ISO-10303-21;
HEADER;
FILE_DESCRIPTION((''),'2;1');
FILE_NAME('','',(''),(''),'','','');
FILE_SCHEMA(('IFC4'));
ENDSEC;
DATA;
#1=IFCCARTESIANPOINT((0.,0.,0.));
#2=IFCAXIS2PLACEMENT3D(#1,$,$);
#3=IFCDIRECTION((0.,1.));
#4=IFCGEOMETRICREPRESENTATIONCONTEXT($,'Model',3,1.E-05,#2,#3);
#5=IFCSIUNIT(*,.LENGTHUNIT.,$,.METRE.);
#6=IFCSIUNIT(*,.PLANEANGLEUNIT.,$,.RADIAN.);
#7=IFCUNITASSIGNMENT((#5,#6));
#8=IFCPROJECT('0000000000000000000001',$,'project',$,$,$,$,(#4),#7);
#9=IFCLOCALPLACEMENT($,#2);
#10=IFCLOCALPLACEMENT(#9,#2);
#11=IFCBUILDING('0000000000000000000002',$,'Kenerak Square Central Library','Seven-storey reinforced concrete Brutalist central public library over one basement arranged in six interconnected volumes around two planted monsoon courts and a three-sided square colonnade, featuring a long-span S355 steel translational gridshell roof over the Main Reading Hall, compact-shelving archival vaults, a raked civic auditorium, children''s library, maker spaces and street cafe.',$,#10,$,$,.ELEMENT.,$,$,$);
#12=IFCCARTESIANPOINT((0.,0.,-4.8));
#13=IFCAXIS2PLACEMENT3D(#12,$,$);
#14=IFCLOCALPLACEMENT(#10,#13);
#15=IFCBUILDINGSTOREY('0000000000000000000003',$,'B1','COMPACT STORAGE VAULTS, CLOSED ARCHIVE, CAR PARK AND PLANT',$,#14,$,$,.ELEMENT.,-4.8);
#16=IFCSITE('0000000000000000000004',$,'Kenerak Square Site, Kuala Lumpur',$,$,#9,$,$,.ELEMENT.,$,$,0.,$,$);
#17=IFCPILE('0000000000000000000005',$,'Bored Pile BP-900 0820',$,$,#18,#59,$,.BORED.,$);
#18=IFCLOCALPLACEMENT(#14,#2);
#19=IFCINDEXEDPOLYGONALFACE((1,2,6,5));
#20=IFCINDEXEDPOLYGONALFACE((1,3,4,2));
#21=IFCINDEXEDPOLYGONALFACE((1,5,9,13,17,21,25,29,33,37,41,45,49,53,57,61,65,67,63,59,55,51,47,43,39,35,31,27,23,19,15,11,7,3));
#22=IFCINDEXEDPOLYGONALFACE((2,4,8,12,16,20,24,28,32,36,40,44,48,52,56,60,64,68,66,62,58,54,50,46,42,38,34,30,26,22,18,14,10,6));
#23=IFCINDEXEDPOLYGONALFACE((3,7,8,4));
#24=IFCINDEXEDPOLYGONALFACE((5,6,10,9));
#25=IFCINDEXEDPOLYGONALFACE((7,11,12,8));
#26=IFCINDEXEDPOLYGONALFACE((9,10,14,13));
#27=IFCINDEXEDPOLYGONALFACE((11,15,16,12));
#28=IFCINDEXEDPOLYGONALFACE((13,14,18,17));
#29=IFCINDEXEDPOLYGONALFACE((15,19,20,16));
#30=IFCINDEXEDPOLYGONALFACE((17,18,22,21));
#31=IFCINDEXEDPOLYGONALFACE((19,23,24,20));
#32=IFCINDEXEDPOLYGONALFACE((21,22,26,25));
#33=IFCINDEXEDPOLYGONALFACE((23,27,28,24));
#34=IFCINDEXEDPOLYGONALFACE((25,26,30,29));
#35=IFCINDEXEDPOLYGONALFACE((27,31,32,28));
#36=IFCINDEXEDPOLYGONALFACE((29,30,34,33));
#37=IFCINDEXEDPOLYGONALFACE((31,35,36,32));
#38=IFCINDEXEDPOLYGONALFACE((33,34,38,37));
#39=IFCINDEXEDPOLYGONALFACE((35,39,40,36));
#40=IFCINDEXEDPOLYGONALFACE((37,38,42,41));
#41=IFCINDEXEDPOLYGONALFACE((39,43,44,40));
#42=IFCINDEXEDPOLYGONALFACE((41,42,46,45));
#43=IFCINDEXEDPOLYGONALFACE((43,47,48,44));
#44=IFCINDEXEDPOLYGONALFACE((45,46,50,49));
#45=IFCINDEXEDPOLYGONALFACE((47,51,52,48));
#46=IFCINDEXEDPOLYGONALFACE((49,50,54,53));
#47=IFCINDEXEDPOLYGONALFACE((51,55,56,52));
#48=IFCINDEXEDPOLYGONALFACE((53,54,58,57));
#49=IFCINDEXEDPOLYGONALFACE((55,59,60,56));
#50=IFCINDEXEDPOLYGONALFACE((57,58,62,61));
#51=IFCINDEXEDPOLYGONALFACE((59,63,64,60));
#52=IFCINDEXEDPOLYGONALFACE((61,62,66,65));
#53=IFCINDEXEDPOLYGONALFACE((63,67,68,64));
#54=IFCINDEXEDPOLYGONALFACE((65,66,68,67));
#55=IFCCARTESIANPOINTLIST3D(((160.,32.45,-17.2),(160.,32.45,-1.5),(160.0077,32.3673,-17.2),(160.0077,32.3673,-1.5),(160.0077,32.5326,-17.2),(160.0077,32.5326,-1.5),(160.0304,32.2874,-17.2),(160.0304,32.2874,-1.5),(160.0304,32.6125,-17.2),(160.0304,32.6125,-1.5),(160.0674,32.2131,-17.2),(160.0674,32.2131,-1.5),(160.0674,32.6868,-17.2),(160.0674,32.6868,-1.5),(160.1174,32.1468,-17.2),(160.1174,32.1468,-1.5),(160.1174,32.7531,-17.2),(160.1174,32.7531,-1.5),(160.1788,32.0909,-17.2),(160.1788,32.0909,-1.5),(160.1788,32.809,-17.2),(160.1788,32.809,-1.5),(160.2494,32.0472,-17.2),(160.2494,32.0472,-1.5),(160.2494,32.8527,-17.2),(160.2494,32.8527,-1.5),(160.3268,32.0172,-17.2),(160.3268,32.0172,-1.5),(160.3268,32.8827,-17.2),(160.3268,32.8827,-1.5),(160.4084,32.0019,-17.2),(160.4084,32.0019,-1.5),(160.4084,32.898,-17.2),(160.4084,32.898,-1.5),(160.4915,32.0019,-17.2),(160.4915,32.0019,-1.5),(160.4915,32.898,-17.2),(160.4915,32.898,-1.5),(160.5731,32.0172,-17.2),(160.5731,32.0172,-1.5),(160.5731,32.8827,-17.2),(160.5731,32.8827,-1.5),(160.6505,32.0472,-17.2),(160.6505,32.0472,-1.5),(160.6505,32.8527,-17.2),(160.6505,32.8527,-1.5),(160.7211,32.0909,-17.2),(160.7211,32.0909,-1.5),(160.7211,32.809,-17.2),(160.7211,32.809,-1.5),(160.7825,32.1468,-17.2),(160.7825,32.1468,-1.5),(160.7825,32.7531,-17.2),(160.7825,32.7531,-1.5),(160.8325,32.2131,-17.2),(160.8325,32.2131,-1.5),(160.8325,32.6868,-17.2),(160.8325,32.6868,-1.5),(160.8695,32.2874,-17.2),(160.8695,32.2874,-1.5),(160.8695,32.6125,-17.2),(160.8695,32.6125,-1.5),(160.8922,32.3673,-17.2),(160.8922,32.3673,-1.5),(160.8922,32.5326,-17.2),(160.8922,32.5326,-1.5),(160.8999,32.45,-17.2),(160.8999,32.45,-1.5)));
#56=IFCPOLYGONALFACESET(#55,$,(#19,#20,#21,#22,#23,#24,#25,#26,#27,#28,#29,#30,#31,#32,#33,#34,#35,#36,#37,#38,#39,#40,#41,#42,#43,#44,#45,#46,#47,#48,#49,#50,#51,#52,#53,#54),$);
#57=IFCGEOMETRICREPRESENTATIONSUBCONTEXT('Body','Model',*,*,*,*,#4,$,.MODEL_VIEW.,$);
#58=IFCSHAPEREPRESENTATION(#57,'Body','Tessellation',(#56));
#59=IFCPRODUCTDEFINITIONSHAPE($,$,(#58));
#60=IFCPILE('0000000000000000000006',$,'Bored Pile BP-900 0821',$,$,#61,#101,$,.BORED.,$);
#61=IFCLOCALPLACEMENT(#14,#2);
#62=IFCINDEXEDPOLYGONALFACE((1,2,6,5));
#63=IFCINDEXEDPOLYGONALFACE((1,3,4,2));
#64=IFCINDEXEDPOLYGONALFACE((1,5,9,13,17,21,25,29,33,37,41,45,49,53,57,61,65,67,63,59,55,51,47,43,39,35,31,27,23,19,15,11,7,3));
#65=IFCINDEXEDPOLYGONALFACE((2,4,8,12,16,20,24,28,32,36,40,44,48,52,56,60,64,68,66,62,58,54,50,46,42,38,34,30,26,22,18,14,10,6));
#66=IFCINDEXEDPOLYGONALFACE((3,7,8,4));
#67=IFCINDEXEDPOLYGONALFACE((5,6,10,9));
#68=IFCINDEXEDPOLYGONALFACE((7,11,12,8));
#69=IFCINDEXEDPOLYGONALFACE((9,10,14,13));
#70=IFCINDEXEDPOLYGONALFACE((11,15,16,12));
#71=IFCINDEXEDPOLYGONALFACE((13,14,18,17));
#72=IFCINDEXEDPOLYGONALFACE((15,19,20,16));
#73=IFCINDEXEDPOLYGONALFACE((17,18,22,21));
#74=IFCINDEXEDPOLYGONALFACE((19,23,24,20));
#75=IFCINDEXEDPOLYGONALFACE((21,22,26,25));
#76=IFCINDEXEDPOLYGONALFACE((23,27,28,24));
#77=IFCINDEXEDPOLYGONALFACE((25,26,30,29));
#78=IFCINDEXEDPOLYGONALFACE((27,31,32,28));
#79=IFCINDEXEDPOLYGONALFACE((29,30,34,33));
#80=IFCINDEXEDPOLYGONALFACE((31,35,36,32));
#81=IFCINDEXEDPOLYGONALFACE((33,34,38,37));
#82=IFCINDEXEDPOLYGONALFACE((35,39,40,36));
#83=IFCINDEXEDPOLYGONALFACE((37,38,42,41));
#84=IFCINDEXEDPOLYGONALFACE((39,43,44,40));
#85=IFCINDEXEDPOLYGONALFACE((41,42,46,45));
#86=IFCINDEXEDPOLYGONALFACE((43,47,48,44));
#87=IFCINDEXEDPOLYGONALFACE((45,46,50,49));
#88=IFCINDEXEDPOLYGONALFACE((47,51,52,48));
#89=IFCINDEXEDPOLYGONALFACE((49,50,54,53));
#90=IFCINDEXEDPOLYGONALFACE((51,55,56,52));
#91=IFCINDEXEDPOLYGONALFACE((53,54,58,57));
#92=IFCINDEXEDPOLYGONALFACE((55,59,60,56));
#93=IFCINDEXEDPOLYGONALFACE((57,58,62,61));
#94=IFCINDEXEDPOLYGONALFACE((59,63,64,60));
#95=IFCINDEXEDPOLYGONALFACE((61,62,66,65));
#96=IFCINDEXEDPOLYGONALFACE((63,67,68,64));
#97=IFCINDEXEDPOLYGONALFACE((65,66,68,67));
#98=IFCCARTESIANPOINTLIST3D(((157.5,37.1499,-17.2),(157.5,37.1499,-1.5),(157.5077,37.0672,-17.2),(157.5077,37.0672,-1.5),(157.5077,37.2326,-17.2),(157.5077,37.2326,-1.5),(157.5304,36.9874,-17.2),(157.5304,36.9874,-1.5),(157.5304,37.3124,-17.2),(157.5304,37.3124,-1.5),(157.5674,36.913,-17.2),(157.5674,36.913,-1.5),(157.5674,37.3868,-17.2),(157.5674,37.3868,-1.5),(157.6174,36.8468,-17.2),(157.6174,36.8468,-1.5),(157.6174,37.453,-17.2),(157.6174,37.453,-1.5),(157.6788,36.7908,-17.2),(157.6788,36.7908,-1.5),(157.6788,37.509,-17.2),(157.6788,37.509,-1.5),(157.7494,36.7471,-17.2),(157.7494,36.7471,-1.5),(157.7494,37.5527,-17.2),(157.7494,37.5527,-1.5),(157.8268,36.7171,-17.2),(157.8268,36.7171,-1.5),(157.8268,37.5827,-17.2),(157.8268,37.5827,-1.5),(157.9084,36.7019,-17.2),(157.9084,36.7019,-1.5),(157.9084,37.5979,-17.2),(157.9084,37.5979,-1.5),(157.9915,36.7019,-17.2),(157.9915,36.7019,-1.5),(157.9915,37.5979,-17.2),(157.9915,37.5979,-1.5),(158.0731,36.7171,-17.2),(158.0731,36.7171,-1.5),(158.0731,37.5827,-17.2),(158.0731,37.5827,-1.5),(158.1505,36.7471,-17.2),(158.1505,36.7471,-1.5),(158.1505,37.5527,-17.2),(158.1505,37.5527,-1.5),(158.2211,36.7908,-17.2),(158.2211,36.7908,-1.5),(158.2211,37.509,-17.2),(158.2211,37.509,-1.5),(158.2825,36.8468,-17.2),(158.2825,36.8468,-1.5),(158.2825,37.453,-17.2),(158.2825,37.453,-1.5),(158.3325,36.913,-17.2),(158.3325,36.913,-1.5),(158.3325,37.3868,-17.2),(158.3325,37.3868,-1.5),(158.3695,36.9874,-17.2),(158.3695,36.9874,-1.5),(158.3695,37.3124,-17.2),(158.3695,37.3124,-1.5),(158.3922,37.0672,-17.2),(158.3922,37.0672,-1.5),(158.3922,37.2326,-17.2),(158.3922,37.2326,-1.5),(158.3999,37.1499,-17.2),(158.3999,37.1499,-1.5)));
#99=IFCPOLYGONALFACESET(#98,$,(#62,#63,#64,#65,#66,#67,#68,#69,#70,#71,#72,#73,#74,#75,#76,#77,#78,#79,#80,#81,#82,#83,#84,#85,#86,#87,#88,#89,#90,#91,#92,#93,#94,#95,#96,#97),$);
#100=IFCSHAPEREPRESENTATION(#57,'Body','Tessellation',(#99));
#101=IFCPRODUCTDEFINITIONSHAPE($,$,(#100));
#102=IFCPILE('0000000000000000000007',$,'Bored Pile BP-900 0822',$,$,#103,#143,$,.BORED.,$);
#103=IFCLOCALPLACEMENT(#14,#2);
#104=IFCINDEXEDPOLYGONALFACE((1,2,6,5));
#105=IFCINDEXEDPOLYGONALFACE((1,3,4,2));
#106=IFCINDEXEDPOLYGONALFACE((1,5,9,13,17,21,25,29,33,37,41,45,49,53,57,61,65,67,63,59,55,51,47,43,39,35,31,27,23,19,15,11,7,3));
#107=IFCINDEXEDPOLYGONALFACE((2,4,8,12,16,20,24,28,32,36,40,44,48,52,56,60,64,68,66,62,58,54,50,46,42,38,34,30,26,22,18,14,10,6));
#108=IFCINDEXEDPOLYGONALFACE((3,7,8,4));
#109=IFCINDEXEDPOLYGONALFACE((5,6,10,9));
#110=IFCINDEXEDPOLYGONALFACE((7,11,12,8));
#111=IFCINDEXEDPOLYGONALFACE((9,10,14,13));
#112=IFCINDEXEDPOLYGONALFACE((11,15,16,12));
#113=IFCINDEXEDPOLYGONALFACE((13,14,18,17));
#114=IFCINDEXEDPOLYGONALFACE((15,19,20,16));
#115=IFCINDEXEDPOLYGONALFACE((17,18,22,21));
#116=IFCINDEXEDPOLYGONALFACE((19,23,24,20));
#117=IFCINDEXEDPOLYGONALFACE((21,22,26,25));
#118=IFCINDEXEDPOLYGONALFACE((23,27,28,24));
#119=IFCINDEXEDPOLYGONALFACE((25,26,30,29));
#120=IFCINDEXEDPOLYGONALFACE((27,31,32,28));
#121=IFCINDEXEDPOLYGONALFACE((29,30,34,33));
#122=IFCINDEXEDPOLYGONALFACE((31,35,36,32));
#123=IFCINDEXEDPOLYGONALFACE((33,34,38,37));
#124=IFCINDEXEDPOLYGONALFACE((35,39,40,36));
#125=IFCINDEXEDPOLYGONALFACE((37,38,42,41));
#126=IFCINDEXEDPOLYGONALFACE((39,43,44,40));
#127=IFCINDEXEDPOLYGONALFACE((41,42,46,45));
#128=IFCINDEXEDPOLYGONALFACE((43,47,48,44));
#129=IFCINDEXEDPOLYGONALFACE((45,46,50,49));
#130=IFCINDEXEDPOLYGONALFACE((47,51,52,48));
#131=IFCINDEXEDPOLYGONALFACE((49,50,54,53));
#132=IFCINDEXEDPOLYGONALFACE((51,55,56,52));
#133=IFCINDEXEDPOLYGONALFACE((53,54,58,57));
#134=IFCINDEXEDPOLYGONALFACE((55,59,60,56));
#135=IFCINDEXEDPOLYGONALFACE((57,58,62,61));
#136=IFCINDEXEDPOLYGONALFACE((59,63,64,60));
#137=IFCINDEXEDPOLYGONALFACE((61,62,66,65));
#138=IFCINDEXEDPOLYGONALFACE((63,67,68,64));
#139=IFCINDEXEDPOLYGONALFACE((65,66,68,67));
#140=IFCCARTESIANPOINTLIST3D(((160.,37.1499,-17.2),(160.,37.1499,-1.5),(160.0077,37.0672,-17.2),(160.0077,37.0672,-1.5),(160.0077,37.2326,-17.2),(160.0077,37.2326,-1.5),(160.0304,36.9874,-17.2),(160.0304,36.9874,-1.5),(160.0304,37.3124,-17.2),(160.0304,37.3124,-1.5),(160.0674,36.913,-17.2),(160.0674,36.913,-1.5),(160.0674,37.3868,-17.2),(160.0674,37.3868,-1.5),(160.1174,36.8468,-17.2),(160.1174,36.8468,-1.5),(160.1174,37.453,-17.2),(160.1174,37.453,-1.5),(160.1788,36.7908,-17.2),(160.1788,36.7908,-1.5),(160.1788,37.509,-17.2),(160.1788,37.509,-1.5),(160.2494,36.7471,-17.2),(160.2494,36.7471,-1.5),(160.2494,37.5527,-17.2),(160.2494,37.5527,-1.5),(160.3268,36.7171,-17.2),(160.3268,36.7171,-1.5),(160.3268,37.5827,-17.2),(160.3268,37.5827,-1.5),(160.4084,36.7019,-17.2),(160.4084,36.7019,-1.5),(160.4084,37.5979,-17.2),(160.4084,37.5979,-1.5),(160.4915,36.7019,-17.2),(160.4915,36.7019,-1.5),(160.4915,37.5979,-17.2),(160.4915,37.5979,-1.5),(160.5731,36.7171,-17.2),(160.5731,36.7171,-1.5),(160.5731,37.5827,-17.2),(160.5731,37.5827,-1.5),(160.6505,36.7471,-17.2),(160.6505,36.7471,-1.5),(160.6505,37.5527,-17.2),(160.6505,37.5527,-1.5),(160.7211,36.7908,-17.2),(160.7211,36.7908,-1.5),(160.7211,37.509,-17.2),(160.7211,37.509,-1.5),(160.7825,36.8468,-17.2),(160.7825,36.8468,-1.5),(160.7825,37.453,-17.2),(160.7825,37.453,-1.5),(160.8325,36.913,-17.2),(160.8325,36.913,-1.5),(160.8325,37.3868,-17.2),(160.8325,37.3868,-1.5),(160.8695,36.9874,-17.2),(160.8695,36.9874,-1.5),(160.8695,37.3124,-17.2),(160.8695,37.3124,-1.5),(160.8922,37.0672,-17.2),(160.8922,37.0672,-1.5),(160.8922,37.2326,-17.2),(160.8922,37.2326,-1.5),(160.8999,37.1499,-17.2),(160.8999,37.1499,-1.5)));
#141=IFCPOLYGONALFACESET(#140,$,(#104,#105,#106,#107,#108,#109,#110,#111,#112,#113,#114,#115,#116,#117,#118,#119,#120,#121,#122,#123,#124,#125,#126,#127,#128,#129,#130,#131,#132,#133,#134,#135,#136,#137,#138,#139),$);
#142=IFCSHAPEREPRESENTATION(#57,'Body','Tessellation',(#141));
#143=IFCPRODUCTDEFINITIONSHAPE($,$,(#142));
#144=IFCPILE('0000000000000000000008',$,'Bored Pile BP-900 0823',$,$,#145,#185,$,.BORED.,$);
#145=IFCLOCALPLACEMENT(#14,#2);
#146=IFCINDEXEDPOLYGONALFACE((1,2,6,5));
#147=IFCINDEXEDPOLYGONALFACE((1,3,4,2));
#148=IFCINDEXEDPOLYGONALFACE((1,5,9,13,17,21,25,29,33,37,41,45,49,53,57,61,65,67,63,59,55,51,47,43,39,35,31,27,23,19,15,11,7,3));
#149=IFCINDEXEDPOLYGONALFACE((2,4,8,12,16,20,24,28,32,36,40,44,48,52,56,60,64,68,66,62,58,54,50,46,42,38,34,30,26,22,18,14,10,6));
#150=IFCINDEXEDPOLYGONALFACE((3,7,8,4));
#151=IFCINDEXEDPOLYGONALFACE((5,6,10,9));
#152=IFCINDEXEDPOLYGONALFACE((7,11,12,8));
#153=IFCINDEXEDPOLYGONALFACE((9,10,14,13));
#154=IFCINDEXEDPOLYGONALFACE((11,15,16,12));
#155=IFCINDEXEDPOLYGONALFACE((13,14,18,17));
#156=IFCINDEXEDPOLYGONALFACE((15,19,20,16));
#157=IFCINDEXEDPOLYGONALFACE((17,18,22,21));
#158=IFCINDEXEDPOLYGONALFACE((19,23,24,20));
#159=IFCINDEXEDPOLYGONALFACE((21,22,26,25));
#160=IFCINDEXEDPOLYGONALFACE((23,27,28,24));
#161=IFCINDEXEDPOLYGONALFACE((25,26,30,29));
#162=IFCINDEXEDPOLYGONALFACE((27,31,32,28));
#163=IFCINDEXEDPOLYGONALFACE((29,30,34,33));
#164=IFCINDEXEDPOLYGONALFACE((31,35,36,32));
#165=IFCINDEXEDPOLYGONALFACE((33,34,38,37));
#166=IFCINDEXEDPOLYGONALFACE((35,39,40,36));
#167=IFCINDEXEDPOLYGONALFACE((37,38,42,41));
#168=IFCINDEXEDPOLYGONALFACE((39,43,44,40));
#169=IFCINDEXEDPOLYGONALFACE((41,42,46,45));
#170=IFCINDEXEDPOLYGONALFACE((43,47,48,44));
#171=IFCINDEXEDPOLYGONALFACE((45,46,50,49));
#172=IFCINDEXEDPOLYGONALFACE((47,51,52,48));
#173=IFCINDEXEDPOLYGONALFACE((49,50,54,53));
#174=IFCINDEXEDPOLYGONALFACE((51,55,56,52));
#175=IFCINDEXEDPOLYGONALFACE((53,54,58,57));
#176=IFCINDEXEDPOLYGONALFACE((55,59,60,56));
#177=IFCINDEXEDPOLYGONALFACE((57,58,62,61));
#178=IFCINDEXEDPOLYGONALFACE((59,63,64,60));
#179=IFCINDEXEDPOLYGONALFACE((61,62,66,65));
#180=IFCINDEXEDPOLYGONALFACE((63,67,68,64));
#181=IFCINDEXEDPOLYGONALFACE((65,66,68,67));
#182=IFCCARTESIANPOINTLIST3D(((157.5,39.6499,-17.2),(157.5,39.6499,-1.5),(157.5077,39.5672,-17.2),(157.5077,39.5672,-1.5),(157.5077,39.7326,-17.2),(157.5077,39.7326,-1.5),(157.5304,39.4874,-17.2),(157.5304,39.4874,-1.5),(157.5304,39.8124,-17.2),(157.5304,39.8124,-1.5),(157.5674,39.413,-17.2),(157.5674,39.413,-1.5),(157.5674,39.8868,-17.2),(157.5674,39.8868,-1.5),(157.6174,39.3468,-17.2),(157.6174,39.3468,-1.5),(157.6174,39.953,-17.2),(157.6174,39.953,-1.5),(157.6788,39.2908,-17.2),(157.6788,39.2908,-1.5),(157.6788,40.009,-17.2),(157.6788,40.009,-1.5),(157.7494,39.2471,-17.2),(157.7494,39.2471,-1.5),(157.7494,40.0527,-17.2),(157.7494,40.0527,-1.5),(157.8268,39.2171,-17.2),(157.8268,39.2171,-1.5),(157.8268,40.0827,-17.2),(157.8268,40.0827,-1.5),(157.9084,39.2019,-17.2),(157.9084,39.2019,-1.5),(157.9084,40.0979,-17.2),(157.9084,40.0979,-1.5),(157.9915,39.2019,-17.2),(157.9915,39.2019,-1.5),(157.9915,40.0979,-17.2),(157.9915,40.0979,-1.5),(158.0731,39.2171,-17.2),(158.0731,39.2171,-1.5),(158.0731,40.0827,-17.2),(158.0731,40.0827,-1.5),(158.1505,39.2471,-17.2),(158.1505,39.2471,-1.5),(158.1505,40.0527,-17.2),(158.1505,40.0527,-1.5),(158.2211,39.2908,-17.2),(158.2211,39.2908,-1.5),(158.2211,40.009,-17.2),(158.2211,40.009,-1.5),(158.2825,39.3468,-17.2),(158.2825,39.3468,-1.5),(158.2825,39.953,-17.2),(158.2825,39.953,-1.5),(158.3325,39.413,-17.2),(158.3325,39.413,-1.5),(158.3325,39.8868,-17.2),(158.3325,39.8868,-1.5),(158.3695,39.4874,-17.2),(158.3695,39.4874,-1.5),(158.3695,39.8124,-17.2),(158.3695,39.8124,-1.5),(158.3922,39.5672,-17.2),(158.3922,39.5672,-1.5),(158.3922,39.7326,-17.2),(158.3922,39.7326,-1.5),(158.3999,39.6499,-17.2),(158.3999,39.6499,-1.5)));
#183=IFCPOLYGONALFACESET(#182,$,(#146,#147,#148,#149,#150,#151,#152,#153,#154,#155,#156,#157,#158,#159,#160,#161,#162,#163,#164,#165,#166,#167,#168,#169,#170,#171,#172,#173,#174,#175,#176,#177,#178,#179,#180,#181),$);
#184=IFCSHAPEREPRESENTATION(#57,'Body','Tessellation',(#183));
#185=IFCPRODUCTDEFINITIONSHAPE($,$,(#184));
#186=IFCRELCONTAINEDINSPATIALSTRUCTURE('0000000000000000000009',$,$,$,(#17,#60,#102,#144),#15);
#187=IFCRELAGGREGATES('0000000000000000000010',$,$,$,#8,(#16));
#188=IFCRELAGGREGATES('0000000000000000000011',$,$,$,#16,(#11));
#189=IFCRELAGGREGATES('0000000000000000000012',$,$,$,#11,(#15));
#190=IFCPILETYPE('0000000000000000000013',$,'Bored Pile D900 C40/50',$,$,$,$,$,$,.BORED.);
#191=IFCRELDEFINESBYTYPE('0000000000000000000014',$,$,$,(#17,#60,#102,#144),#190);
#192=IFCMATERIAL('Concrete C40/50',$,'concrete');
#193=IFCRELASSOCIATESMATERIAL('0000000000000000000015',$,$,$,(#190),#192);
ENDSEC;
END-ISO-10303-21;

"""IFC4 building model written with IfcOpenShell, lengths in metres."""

from ifc_helpers import new_model, si_unit, direction, frame, origin, origin_2d, place, context, subcontext, project, spatial, circle, extrude, material, material_profile, profile_set, type_object, element, save


model = new_model("IFC4")

# Units and contexts
model_context = context("Model", 3, precision=1e-05, world=origin(), true_north=direction((0.0, 1.0)))
body_context = subcontext(model_context, "Body", "Model", "MODEL_VIEW")
ifc_project = project(units=[si_unit("LENGTHUNIT", "METRE"), si_unit("PLANEANGLEUNIT", "RADIAN")], contexts=[model_context])

# Site, building, storey
site_placement = place(None, origin())
site = spatial("IfcSite", under=ifc_project, at=site_placement, Name="Kenerak Square Site, Kuala Lumpur", CompositionType="ELEMENT", RefElevation=0.0)
building_placement = place(site_placement, origin())
building = spatial("IfcBuilding", under=site, at=building_placement, Name="Kenerak Square Central Library", Description="Seven-storey reinforced concrete Brutalist central public library over one basement arranged in six interconnected volumes around two planted monsoon courts and a three-sided square colonnade, featuring a long-span S355 steel translational gridshell roof over the Main Reading Hall, compact-shelving archival vaults, a raked civic auditorium, children's library, maker spaces and street cafe.", CompositionType="ELEMENT")
storey_placement = place(building_placement, frame((0.0, 0.0, -4.8)))
storey = spatial("IfcBuildingStorey", under=building, at=storey_placement, Name="B1", Description="COMPACT STORAGE VAULTS, CLOSED ARCHIVE, CAR PARK AND PLANT", CompositionType="ELEMENT", Elevation=-4.8)

# Piles
ifc_material_1 = material(Name="Concrete C40/50", Category="concrete")
ifc_material_profile_1 = material_profile(ifc_material_1, circle(Radius=0.45, at=origin_2d()), Name="BP D900")
ifc_profile_set_1 = profile_set([ifc_material_profile_1], Name="Concrete C40/50")
pile_type = type_object("IfcPileType", Name="Bored Pile D900 C40/50", PredefinedType="BORED", material=ifc_profile_set_1)
for number, where, z_axis, x_axis, name in (
    (1, (160.45, 32.45, -1.5), (0.0, 0.0, -1.0), (1.0, 0.0, 0.0), "Bored Pile BP-900 0820"),
    (2, (157.95, 37.1499, -1.5), (0.0, 0.0, -1.0), (1.0, 0.0, 0.0), "Bored Pile BP-900 0821"),
    (3, (160.45, 37.1499, -1.5), (0.0, 0.0, -1.0), (1.0, 0.0, 0.0), "Bored Pile BP-900 0822"),
    (4, (157.95, 39.6499, -1.5), (0.0, 0.0, -1.0), (1.0, 0.0, 0.0), "Bored Pile BP-900 0823"),
):
    element("IfcPile", number, at=place(storey_placement, frame(where, z_axis=z_axis, x_axis=x_axis)), inside=storey, type_object=pile_type, Name=name, PredefinedType="BORED", context=body_context, shape_type="SweptSolid", body=[
        extrude(circle(Radius=0.45, at=origin_2d()), origin(), (0.0, 0.0, 1.0), 15.7),
    ])

save(model, "model.ifc")
